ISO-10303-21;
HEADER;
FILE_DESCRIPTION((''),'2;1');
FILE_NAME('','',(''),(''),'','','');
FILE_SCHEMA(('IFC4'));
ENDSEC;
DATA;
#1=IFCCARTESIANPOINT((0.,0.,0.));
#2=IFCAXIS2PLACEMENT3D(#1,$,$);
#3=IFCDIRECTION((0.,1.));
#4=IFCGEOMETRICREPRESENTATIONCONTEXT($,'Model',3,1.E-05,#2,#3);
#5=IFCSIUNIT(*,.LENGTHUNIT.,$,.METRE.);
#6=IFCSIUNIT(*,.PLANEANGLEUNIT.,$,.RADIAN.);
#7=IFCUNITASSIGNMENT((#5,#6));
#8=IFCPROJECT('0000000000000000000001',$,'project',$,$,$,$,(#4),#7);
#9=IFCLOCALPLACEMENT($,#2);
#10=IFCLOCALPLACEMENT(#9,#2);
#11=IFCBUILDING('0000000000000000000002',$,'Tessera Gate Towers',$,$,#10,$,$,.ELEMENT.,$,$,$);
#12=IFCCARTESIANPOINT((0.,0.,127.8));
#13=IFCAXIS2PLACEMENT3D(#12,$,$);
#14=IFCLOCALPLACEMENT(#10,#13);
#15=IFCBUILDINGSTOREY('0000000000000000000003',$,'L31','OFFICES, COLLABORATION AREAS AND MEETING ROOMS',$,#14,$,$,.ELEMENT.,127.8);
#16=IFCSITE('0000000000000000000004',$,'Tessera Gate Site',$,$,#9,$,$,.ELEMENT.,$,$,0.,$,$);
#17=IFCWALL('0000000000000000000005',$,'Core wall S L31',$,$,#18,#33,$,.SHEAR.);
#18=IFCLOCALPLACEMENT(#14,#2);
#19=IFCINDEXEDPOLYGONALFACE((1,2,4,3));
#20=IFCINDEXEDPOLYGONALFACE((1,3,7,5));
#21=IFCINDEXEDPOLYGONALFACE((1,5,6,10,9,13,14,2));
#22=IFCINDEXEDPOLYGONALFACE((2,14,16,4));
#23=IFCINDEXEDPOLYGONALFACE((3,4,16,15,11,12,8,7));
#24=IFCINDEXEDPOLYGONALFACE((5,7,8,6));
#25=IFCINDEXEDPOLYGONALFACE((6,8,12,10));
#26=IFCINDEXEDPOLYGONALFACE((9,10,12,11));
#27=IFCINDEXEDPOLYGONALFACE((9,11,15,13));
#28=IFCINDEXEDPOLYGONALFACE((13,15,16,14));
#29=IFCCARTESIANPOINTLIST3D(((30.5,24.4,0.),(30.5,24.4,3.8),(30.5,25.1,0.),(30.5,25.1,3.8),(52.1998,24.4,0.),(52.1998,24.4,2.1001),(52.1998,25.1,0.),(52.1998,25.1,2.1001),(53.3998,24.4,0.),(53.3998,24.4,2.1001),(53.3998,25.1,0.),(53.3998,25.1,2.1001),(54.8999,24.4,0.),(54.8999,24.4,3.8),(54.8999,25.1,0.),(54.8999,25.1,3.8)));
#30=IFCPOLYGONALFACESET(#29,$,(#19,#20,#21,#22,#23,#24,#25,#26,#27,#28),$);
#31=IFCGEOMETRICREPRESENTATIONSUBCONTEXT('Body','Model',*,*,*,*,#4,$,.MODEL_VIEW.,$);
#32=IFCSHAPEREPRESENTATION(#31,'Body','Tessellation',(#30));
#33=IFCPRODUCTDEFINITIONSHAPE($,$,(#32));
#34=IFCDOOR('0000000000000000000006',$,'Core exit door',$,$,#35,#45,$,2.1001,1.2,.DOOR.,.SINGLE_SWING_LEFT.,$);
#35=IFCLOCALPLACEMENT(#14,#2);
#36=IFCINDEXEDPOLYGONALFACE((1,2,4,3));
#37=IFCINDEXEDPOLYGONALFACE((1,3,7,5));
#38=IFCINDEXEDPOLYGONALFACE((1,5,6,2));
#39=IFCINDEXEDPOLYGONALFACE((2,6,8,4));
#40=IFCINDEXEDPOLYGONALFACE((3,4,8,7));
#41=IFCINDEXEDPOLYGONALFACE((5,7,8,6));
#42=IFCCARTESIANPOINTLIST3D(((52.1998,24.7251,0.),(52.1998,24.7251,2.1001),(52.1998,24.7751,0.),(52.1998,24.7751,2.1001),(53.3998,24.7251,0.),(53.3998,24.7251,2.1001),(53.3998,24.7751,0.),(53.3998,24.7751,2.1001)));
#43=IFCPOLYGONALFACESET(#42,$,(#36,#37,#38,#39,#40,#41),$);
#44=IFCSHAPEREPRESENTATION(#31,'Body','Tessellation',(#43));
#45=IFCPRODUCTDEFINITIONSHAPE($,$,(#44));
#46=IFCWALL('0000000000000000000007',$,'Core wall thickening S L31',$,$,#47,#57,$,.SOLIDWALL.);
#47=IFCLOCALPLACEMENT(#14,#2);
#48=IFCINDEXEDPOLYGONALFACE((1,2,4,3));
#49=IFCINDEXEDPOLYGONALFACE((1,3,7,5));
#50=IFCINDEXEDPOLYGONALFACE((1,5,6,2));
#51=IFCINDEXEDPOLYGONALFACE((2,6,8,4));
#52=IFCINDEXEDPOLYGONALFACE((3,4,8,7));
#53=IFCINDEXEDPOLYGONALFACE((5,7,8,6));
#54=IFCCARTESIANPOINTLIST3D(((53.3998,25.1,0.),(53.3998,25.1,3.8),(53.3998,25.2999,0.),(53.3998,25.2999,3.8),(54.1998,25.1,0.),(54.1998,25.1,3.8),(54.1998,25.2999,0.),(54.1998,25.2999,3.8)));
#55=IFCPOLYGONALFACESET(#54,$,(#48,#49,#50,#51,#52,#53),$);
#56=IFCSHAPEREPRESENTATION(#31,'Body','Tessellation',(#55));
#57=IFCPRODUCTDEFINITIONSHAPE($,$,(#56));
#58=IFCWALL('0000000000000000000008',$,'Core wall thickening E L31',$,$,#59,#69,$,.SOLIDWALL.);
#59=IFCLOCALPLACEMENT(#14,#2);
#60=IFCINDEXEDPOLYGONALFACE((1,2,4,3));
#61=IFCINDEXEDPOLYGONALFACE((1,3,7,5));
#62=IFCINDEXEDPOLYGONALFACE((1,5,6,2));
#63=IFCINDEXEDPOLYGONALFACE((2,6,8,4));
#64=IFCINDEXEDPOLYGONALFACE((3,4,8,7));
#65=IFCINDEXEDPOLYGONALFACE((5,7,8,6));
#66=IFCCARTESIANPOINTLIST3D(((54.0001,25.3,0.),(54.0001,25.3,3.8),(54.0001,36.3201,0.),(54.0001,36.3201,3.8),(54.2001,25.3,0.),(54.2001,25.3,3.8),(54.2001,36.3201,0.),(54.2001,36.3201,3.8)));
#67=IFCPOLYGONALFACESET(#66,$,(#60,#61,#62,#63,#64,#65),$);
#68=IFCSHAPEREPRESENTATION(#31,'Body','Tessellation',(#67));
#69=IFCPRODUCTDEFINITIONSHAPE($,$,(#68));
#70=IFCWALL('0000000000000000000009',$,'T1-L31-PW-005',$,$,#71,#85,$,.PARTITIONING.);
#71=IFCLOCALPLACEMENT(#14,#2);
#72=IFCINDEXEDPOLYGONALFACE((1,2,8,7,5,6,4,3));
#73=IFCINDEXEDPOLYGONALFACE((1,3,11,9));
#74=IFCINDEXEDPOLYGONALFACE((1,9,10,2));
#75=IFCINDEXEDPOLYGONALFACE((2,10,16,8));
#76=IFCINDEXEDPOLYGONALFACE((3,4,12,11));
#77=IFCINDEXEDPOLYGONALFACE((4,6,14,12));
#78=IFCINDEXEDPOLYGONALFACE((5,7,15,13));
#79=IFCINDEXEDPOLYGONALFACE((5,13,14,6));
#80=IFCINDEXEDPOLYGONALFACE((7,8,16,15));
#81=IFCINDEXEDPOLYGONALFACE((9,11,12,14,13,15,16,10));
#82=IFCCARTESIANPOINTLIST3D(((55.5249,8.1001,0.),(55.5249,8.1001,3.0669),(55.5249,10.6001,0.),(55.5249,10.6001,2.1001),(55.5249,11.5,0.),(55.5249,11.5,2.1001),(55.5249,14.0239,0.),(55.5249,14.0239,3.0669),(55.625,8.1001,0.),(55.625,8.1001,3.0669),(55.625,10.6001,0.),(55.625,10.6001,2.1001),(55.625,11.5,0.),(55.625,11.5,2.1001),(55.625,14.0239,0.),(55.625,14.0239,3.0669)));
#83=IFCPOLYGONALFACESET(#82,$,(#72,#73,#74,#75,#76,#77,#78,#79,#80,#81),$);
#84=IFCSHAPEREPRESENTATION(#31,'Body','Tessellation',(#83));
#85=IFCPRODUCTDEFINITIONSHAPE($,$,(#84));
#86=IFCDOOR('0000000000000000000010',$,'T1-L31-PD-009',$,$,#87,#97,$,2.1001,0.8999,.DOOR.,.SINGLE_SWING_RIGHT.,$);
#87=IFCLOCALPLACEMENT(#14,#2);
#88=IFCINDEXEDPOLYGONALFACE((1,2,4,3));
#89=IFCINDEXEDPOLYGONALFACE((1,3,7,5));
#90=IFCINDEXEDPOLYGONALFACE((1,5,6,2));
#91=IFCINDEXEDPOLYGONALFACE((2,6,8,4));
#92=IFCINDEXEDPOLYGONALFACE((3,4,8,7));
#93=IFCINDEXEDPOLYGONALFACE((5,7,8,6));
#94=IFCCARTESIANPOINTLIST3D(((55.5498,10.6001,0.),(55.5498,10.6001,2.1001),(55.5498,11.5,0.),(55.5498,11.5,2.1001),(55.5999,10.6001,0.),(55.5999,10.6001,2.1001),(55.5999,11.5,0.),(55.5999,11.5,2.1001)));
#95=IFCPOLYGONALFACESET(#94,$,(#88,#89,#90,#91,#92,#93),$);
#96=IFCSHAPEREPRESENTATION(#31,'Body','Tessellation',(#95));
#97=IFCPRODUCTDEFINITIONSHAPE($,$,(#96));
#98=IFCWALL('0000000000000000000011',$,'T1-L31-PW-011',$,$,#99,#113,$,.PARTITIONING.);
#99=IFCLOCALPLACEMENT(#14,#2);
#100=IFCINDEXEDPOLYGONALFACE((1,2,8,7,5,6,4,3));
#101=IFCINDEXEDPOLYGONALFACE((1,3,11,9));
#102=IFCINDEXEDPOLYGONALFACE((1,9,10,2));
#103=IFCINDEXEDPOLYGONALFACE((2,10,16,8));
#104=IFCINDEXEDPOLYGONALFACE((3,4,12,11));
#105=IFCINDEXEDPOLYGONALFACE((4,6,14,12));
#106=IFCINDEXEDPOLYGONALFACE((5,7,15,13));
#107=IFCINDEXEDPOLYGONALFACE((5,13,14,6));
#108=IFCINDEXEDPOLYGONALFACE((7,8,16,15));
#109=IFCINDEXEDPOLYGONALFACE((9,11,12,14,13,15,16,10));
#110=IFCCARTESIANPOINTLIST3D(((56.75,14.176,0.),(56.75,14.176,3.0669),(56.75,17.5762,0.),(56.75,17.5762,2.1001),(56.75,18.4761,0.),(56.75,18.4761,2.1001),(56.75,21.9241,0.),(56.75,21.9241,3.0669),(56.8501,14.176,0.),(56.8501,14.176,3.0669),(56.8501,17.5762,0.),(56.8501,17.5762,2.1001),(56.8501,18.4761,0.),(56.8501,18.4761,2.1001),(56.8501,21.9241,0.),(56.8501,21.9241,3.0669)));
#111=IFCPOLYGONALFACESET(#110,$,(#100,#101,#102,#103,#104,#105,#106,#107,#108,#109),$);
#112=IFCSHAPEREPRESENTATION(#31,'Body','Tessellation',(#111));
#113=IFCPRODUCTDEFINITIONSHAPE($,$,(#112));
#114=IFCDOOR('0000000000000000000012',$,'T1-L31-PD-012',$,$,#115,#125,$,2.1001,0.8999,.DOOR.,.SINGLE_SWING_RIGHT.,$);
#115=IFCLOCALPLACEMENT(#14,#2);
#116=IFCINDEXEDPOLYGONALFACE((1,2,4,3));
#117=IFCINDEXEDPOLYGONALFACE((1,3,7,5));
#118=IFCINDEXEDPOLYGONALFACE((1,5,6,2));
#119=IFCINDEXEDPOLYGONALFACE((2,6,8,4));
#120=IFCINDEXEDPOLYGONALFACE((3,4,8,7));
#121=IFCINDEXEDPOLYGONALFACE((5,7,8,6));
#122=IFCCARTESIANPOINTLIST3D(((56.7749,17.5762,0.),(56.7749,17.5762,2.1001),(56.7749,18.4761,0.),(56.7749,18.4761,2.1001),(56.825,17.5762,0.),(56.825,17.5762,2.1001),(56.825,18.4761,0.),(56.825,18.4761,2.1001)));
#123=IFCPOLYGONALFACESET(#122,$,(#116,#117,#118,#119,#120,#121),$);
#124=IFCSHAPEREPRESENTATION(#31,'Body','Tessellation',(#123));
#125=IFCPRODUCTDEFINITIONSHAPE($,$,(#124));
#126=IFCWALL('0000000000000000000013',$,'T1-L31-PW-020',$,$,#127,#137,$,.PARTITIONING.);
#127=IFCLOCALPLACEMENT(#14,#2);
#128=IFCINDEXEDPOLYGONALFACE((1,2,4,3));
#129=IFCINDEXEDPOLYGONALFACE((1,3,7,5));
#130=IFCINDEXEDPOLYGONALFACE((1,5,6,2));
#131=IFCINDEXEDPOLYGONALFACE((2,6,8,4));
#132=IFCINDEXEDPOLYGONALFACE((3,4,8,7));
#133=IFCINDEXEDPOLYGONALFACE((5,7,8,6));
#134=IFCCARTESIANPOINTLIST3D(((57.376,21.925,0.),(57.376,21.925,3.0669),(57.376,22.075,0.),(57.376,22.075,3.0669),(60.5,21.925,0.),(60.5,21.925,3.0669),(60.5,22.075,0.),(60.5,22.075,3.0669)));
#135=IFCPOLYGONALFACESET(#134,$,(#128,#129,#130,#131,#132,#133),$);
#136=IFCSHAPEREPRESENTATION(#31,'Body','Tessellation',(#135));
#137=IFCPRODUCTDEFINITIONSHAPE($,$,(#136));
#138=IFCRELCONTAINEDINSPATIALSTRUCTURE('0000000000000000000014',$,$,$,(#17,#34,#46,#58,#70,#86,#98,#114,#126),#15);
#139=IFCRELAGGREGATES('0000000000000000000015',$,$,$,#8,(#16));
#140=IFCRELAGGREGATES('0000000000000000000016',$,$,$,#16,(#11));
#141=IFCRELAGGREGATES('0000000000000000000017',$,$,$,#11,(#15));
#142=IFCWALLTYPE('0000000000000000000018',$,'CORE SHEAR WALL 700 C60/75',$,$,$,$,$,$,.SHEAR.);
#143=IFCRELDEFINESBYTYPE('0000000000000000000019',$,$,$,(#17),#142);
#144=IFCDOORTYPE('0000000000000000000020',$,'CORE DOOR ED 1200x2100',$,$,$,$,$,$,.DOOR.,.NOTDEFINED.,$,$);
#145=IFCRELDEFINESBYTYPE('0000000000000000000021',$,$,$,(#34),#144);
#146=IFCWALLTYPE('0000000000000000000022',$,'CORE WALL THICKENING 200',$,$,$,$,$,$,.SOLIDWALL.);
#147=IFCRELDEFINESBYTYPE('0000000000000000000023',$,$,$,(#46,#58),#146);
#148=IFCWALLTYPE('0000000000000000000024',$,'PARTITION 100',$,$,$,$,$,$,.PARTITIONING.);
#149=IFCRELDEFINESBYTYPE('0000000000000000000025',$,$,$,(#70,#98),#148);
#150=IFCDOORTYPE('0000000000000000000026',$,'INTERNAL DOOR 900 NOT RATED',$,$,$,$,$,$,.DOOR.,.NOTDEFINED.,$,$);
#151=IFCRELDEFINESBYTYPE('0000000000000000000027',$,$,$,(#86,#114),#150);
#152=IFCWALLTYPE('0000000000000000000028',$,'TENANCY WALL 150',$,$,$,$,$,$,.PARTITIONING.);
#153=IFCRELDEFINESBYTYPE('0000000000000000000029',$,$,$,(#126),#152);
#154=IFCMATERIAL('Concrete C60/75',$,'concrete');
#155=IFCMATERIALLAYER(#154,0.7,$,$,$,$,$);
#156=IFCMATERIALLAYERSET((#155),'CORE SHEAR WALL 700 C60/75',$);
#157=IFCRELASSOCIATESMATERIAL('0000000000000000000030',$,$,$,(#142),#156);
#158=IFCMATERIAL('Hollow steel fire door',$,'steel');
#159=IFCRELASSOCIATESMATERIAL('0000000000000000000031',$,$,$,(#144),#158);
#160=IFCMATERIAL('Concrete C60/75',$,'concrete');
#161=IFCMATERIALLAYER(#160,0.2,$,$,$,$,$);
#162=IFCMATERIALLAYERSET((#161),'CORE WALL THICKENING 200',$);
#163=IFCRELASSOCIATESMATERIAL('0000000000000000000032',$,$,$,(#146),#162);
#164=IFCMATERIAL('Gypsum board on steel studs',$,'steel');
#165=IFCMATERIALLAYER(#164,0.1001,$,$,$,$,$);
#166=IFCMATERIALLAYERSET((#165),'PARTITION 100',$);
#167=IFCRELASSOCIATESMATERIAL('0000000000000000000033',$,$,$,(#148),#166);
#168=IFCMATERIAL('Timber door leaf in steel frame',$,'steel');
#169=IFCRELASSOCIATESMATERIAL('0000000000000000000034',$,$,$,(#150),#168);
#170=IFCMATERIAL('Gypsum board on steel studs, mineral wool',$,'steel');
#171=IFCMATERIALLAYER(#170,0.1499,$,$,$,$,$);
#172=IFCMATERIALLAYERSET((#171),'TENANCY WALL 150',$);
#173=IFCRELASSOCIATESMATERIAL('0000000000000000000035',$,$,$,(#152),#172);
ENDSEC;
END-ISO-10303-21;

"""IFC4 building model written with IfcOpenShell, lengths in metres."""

from ifc_helpers import new_model, si_unit, direction, frame, frame_2d, origin, place, context, subcontext, project, spatial, rectangle, extrude, source, transform, mapped, material, layer, layer_set, type_object, element, fill, save


model = new_model("IFC4")

# Units and contexts
model_context = context("Model", 3, precision=1e-05, world=origin(), true_north=direction((0.0, 1.0)))
body_context = subcontext(model_context, "Body", "Model", "MODEL_VIEW")
ifc_project = project(units=[si_unit("LENGTHUNIT", "METRE"), si_unit("PLANEANGLEUNIT", "RADIAN")], contexts=[model_context])

# Site, building, storey
site_placement = place(None, origin())
site = spatial("IfcSite", under=ifc_project, at=site_placement, Name="Tessera Gate Site", CompositionType="ELEMENT", RefElevation=0.0)
building_placement = place(site_placement, origin())
building = spatial("IfcBuilding", under=site, at=building_placement, Name="Tessera Gate Towers", CompositionType="ELEMENT")
storey_placement = place(building_placement, frame((0.0, 0.0, 127.8)))
storey = spatial("IfcBuildingStorey", under=building, at=storey_placement, Name="L31", Description="OFFICES, COLLABORATION AREAS AND MEETING ROOMS", CompositionType="ELEMENT", Elevation=127.8)

# Wall, opening, door
shared_shape_1 = source(origin(), body_context, "Body", "SweptSolid", [
    extrude(rectangle(XDim=1.2, YDim=2.1001, at=frame_2d((0.6001, 1.05))), frame((0.0, 0.0249, 0.0), z_axis=(0.0, -1.0, 0.0), x_axis=(1.0, 0.0, 0.0)), (0.0, 0.0, 1.0), 0.05),
])
ifc_material_1 = material(Name="Concrete C60/75", Category="concrete")
ifc_layer_1 = layer(ifc_material_1, 0.7)
ifc_layer_set_1 = layer_set([ifc_layer_1], Name="CORE SHEAR WALL 700 C60/75")
wall_type_1 = type_object("IfcWallType", Name="CORE SHEAR WALL 700 C60/75", PredefinedType="SHEAR", material=ifc_layer_set_1)
wall_1_placement = place(storey_placement, frame((54.8999, 24.75, 0.0), z_axis=(0.0, 0.0, 1.0), x_axis=(-1.0, 0.0, 0.0)))
wall_1 = element("IfcWall", 1, at=wall_1_placement, inside=storey, type_object=wall_type_1, Name="Core wall S L31", PredefinedType="SHEAR", context=body_context, shape_type="SweptSolid", body=[
    extrude(rectangle(XDim=24.3999, YDim=0.7, at=frame_2d((12.2, 0.0))), origin(), (0.0, 0.0, 1.0), 3.8),
])
shared_shape_2 = source(origin(), body_context, "Body", "SweptSolid", [
    extrude(rectangle(XDim=1.2, YDim=2.1001, at=frame_2d((0.6001, 1.05))), frame((0.0, 0.3599, 0.0), z_axis=(0.0, -1.0, 0.0), x_axis=(1.0, 0.0, 0.0)), (0.0, 0.0, 1.0), 0.72),
])
opening_1_placement = place(wall_1_placement, frame((1.5, 0.0, 0.0)))
opening_1 = element("IfcOpeningElement", 2, at=opening_1_placement, cuts=wall_1, PredefinedType="OPENING", context=body_context, shape_type="MappedRepresentation", body=[
    mapped(shared_shape_2, transform((0.0, 0.0, 0.0), scale=1.0)),
])
ifc_material_2 = material(Name="Hollow steel fire door", Category="steel")
door_type_1 = type_object("IfcDoorType", Name="CORE DOOR ED 1200x2100", OperationType="NOTDEFINED", PredefinedType="DOOR", material=ifc_material_2)
door_1_placement = place(opening_1_placement, origin())
door_1 = element("IfcDoor", 3, at=door_1_placement, inside=storey, type_object=door_type_1, Name="Core exit door", OperationType="SINGLE_SWING_LEFT", OverallHeight=2.1001, OverallWidth=1.2, PredefinedType="DOOR", context=body_context, shape_type="MappedRepresentation", body=[
    mapped(shared_shape_1, transform((0.0, 0.0, 0.0), scale=1.0)),
])
fill(opening_1, door_1)

# Walls
ifc_material_3 = material(Name="Concrete C60/75", Category="concrete")
ifc_layer_2 = layer(ifc_material_3, 0.2)
ifc_layer_set_2 = layer_set([ifc_layer_2], Name="CORE WALL THICKENING 200")
wall_type_2 = type_object("IfcWallType", Name="CORE WALL THICKENING 200", PredefinedType="SOLIDWALL", material=ifc_layer_set_2)
wall_2_placement = place(storey_placement, frame((53.3999, 25.2, 0.0), z_axis=(0.0, 0.0, 1.0), x_axis=(1.0, 0.0, 0.0)))
element("IfcWall", 4, at=wall_2_placement, inside=storey, type_object=wall_type_2, Name="Core wall thickening S L31", PredefinedType="SOLIDWALL", context=body_context, shape_type="SweptSolid", body=[
    extrude(rectangle(XDim=0.8, YDim=0.2, at=frame_2d((0.3999, 0.0))), origin(), (0.0, 0.0, 1.0), 3.8),
])
wall_3_placement = place(storey_placement, frame((54.1001, 25.3, 0.0), z_axis=(0.0, 0.0, 1.0), x_axis=(0.0, 1.0, 0.0)))
element("IfcWall", 5, at=wall_3_placement, inside=storey, type_object=wall_type_2, Name="Core wall thickening E L31", PredefinedType="SOLIDWALL", context=body_context, shape_type="SweptSolid", body=[
    extrude(rectangle(XDim=11.02, YDim=0.2, at=frame_2d((5.51, 0.0))), origin(), (0.0, 0.0, 1.0), 3.8),
])

# Walls, openings, doors
ifc_material_4 = material(Name="Gypsum board on steel studs", Category="steel")
ifc_layer_3 = layer(ifc_material_4, 0.1001)
ifc_layer_set_3 = layer_set([ifc_layer_3], Name="PARTITION 100")
wall_type_3 = type_object("IfcWallType", Name="PARTITION 100", PredefinedType="PARTITIONING", material=ifc_layer_set_3)
wall_4_placement = place(storey_placement, frame((55.575, 14.0239, 0.0), z_axis=(0.0, 0.0, 1.0), x_axis=(0.0, -1.0, 0.0)))
wall_4 = element("IfcWall", 6, at=wall_4_placement, inside=storey, type_object=wall_type_3, Name="T1-L31-PW-005", PredefinedType="PARTITIONING", context=body_context, shape_type="SweptSolid", body=[
    extrude(rectangle(XDim=5.9238, YDim=0.1001, at=frame_2d((2.9619, 0.0))), origin(), (0.0, 0.0, 1.0), 3.0669),
])
shared_shape_3 = source(origin(), body_context, "Body", "SweptSolid", [
    extrude(rectangle(XDim=0.8999, YDim=2.1001, at=frame_2d((0.45, 1.05))), frame((0.0, 0.0601, 0.0), z_axis=(0.0, -1.0, 0.0), x_axis=(1.0, 0.0, 0.0)), (0.0, 0.0, 1.0), 0.1201),
])
opening_2_placement = place(wall_4_placement, frame((2.5239, 0.0, 0.0)))
opening_2 = element("IfcOpeningElement", 7, at=opening_2_placement, cuts=wall_4, PredefinedType="OPENING", context=body_context, shape_type="MappedRepresentation", body=[
    mapped(shared_shape_3, transform((0.0, 0.0, 0.0), scale=1.0)),
])
ifc_material_5 = material(Name="Timber door leaf in steel frame", Category="steel")
door_type_2 = type_object("IfcDoorType", Name="INTERNAL DOOR 900 NOT RATED", OperationType="NOTDEFINED", PredefinedType="DOOR", material=ifc_material_5)
shared_shape_4 = source(origin(), body_context, "Body", "SweptSolid", [
    extrude(rectangle(XDim=0.8999, YDim=2.1001, at=frame_2d((0.45, 1.05))), frame((0.0, 0.0249, 0.0), z_axis=(0.0, -1.0, 0.0), x_axis=(1.0, 0.0, 0.0)), (0.0, 0.0, 1.0), 0.05),
])
door_2_placement = place(opening_2_placement, origin())
door_2 = element("IfcDoor", 8, at=door_2_placement, inside=storey, type_object=door_type_2, Name="T1-L31-PD-009", OperationType="SINGLE_SWING_RIGHT", OverallHeight=2.1001, OverallWidth=0.8999, PredefinedType="DOOR", context=body_context, shape_type="MappedRepresentation", body=[
    mapped(shared_shape_4, transform((0.0, 0.0, 0.0), scale=1.0)),
])
fill(opening_2, door_2)
wall_5_placement = place(storey_placement, frame((56.8, 21.9241, 0.0), z_axis=(0.0, 0.0, 1.0), x_axis=(0.0, -1.0, 0.0)))
wall_5 = element("IfcWall", 9, at=wall_5_placement, inside=storey, type_object=wall_type_3, Name="T1-L31-PW-011", PredefinedType="PARTITIONING", context=body_context, shape_type="SweptSolid", body=[
    extrude(rectangle(XDim=7.748, YDim=0.1001, at=frame_2d((3.874, 0.0))), origin(), (0.0, 0.0, 1.0), 3.0669),
])
opening_3_placement = place(wall_5_placement, frame((3.448, 0.0, 0.0)))
opening_3 = element("IfcOpeningElement", 10, at=opening_3_placement, cuts=wall_5, PredefinedType="OPENING", context=body_context, shape_type="MappedRepresentation", body=[
    mapped(shared_shape_3, transform((0.0, 0.0, 0.0), scale=1.0)),
])
door_3_placement = place(opening_3_placement, origin())
door_3 = element("IfcDoor", 11, at=door_3_placement, inside=storey, type_object=door_type_2, Name="T1-L31-PD-012", OperationType="SINGLE_SWING_RIGHT", OverallHeight=2.1001, OverallWidth=0.8999, PredefinedType="DOOR", context=body_context, shape_type="MappedRepresentation", body=[
    mapped(shared_shape_4, transform((0.0, 0.0, 0.0), scale=1.0)),
])
fill(opening_3, door_3)

# Wall
ifc_material_6 = material(Name="Gypsum board on steel studs, mineral wool", Category="steel")
ifc_layer_4 = layer(ifc_material_6, 0.1499)
ifc_layer_set_4 = layer_set([ifc_layer_4], Name="TENANCY WALL 150")
wall_type_4 = type_object("IfcWallType", Name="TENANCY WALL 150", PredefinedType="PARTITIONING", material=ifc_layer_set_4)
wall_6_placement = place(storey_placement, frame((57.376, 22.0, 0.0), z_axis=(0.0, 0.0, 1.0), x_axis=(1.0, 0.0, 0.0)))
element("IfcWall", 12, at=wall_6_placement, inside=storey, type_object=wall_type_4, Name="T1-L31-PW-020", PredefinedType="PARTITIONING", context=body_context, shape_type="SweptSolid", body=[
    extrude(rectangle(XDim=3.124, YDim=0.1499, at=frame_2d((1.562, 0.0))), origin(), (0.0, 0.0, 1.0), 3.0669),
])

save(model, "model.ifc")
